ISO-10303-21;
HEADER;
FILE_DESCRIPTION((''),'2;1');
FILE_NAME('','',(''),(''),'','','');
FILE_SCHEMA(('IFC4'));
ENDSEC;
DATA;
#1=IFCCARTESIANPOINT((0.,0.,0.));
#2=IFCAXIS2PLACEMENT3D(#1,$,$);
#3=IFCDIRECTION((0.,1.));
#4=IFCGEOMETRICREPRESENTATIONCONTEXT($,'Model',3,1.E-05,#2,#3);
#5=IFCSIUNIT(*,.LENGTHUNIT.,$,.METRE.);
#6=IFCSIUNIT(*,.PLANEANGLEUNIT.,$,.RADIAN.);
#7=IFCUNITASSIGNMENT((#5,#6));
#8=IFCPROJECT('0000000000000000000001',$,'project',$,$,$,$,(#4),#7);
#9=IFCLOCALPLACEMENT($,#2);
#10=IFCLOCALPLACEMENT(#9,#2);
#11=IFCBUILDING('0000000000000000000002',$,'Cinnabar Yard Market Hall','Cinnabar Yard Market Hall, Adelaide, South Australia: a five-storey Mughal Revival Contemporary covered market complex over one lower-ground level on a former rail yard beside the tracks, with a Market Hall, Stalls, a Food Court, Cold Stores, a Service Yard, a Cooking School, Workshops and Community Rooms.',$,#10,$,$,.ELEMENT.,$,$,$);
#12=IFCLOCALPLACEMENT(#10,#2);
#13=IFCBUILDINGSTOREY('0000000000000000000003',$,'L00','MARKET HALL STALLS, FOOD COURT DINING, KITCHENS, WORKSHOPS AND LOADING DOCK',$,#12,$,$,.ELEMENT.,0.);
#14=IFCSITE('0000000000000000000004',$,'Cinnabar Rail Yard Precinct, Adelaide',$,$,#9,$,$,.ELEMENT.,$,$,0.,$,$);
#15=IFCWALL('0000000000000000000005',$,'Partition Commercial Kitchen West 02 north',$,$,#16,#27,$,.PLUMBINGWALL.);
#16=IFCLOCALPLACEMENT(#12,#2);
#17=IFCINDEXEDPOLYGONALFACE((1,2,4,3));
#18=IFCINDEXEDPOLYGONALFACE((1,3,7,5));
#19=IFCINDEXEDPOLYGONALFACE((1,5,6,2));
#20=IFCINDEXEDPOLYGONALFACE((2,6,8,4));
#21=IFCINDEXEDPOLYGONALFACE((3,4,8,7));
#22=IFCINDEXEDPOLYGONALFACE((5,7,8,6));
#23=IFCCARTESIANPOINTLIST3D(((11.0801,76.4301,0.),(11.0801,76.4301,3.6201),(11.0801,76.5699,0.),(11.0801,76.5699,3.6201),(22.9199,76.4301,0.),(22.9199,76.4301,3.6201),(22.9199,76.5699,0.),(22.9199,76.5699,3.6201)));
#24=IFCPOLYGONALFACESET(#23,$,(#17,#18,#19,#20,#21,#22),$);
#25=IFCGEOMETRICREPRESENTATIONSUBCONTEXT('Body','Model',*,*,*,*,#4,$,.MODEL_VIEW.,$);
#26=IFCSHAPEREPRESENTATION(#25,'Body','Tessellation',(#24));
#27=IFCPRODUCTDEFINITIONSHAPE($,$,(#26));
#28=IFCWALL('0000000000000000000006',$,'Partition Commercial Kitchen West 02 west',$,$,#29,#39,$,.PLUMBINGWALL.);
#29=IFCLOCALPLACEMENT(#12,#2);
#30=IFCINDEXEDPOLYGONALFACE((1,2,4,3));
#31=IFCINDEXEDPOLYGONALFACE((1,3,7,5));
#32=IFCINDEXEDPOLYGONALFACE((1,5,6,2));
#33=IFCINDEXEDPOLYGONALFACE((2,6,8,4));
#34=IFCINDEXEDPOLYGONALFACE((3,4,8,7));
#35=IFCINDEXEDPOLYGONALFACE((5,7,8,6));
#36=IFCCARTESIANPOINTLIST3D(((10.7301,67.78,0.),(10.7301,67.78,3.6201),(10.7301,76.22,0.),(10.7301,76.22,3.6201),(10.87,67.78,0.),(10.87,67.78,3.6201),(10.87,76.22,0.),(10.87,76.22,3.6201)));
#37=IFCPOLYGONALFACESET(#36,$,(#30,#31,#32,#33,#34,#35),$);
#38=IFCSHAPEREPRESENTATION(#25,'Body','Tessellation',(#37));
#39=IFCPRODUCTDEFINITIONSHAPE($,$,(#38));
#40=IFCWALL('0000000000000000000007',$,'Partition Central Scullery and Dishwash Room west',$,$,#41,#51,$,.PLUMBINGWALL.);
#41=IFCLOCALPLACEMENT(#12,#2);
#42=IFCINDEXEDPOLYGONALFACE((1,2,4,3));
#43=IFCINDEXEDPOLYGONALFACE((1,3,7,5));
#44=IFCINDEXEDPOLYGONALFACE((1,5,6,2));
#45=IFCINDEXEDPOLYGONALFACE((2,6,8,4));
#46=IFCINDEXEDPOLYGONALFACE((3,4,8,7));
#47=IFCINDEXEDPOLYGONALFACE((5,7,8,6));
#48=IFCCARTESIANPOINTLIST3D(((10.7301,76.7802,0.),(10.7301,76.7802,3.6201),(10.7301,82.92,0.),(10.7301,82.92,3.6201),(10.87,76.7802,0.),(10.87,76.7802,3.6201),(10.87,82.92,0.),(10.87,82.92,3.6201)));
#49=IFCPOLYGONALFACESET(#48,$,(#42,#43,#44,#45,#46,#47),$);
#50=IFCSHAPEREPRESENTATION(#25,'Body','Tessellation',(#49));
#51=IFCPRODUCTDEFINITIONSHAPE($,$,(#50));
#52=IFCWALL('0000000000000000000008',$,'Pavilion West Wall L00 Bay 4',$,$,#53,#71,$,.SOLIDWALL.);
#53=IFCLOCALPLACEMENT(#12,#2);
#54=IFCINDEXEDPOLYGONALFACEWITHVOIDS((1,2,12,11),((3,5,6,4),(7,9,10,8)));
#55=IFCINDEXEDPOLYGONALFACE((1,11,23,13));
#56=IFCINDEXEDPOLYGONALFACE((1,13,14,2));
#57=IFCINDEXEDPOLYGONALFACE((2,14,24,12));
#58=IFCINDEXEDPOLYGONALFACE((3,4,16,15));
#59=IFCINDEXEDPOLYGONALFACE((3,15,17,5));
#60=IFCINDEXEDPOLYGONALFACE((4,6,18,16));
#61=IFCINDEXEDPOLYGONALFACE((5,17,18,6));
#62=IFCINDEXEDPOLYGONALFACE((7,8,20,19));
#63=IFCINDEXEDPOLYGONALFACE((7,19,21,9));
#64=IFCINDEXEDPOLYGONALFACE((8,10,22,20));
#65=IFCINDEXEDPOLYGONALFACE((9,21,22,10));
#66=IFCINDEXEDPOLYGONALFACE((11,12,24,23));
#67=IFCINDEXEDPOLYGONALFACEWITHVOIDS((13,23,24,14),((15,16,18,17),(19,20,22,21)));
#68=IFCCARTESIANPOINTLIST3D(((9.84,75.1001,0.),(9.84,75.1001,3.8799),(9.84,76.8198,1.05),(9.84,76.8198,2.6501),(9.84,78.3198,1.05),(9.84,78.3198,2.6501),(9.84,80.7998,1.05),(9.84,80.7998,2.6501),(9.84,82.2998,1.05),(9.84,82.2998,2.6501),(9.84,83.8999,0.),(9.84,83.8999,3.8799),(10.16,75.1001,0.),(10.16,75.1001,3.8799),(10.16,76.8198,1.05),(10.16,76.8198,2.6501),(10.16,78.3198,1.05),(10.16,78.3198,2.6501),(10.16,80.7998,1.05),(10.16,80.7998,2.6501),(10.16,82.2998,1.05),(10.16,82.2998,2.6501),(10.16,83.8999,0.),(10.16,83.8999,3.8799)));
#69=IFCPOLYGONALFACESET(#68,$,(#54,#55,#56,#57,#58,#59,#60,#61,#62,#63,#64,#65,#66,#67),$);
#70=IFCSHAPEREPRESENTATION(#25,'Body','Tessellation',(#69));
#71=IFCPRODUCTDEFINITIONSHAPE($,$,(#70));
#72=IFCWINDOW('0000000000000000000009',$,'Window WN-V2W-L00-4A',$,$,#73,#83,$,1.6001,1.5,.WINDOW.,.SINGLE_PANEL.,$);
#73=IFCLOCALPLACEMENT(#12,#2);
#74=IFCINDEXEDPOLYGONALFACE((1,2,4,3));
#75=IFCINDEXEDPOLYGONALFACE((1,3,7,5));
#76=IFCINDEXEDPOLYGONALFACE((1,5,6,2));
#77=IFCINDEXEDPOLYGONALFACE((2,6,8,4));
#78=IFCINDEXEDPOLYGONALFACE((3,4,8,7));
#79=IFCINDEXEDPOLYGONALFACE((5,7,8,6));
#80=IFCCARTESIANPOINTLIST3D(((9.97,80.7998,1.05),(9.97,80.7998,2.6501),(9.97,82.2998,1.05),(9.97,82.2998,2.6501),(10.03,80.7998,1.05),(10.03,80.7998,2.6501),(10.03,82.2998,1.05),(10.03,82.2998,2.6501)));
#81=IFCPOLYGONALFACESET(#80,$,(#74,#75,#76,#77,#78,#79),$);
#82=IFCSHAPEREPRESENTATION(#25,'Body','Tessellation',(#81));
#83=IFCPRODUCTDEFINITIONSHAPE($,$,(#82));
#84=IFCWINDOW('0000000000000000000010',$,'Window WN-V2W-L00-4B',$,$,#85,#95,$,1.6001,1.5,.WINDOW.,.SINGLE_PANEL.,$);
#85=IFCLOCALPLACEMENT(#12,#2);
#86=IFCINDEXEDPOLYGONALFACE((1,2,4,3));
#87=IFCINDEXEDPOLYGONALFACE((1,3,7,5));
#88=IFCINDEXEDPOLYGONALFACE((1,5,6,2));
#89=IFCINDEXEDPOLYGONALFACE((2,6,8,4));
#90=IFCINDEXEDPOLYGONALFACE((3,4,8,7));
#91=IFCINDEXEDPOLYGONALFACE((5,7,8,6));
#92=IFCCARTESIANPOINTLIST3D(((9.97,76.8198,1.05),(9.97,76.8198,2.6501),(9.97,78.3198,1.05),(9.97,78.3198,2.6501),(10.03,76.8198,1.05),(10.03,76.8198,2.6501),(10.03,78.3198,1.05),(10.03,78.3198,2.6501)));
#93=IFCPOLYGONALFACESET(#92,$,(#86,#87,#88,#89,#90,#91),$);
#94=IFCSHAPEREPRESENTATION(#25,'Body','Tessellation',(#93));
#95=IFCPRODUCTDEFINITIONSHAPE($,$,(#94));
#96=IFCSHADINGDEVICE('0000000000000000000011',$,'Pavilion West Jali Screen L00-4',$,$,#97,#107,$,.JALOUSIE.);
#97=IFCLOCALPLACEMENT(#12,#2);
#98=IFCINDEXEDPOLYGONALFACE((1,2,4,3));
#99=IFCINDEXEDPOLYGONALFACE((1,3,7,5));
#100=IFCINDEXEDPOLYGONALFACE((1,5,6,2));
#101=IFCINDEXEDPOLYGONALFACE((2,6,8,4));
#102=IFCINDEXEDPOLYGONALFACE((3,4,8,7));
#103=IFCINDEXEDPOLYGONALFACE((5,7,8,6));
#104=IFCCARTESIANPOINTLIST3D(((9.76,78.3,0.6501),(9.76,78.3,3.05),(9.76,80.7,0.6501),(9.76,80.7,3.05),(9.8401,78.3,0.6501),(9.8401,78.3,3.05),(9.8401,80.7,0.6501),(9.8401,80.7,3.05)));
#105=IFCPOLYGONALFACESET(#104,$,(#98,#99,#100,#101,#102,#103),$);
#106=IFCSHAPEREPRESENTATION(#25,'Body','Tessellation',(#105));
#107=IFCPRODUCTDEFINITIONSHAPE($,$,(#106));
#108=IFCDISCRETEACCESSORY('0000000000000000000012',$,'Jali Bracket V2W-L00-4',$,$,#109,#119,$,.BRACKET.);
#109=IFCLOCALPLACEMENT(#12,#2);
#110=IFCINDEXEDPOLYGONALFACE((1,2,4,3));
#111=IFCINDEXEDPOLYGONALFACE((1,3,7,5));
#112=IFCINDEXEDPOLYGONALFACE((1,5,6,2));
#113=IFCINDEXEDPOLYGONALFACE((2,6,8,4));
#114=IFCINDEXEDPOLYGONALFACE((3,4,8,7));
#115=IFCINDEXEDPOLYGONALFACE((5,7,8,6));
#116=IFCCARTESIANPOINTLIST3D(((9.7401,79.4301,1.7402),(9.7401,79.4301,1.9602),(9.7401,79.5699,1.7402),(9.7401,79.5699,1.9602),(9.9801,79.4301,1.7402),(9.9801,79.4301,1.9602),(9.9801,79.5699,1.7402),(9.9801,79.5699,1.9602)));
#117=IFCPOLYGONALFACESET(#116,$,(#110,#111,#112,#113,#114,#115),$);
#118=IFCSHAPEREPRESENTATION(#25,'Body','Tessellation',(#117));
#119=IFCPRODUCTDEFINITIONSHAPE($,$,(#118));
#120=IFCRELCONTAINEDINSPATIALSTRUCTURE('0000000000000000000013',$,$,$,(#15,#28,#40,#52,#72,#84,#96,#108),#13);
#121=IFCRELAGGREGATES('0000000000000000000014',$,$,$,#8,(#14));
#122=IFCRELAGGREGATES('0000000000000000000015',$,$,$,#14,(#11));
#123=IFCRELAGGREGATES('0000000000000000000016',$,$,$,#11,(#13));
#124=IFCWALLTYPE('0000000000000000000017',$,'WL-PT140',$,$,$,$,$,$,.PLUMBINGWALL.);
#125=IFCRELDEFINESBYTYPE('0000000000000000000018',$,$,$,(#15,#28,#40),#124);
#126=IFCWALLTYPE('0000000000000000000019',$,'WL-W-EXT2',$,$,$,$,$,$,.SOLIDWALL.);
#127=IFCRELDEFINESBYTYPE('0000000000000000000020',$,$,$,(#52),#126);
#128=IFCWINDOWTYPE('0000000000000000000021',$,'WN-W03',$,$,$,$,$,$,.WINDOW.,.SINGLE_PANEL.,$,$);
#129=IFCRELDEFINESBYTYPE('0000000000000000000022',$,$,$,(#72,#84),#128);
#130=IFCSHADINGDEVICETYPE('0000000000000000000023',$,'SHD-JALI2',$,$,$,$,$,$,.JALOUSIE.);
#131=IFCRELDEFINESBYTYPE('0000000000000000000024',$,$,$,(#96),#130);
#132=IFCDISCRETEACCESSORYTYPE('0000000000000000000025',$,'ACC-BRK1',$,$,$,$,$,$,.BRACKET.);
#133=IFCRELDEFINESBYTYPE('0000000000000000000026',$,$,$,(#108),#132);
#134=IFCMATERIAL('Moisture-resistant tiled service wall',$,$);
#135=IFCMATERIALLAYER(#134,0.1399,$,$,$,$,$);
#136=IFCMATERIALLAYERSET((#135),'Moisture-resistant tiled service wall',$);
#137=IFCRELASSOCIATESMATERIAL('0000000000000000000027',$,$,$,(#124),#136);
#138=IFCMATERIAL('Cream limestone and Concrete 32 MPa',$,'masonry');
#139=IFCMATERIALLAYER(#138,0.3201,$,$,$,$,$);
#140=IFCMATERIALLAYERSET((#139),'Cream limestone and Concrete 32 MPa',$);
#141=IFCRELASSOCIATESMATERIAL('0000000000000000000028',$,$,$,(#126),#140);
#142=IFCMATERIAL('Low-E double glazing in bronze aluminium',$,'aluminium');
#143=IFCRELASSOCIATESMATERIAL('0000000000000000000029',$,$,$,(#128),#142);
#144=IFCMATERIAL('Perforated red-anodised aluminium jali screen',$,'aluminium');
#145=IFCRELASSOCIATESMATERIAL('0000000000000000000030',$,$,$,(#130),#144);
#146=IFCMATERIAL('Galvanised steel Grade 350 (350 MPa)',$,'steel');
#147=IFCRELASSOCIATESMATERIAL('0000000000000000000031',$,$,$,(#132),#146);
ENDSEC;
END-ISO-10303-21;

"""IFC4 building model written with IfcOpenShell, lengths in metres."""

from ifc_helpers import new_model, si_unit, direction, frame, frame_2d, origin, origin_2d_with_axis, place, context, subcontext, project, spatial, rectangle, extrude, material, layer, layer_set, type_object, element, fill, save


model = new_model("IFC4")

# Units and contexts
model_context = context("Model", 3, precision=1e-05, world=origin(), true_north=direction((0.0, 1.0)))
body_context = subcontext(model_context, "Body", "Model", "MODEL_VIEW")
ifc_project = project(units=[si_unit("LENGTHUNIT", "METRE"), si_unit("PLANEANGLEUNIT", "RADIAN")], contexts=[model_context])

# Site, building, storey
site_placement = place(None, origin())
site = spatial("IfcSite", under=ifc_project, at=site_placement, Name="Cinnabar Rail Yard Precinct, Adelaide", CompositionType="ELEMENT", RefElevation=0.0)
building_placement = place(site_placement, origin())
building = spatial("IfcBuilding", under=site, at=building_placement, Name="Cinnabar Yard Market Hall", Description="Cinnabar Yard Market Hall, Adelaide, South Australia: a five-storey Mughal Revival Contemporary covered market complex over one lower-ground level on a former rail yard beside the tracks, with a Market Hall, Stalls, a Food Court, Cold Stores, a Service Yard, a Cooking School, Workshops and Community Rooms.", CompositionType="ELEMENT")
storey_placement = place(building_placement, origin())
storey = spatial("IfcBuildingStorey", under=building, at=storey_placement, Name="L00", Description="MARKET HALL STALLS, FOOD COURT DINING, KITCHENS, WORKSHOPS AND LOADING DOCK", CompositionType="ELEMENT", Elevation=0.0)

# Walls
ifc_material_1 = material(Name="Moisture-resistant tiled service wall")
ifc_layer_1 = layer(ifc_material_1, 0.1399)
ifc_layer_set_1 = layer_set([ifc_layer_1], Name="Moisture-resistant tiled service wall")
wall_type_1 = type_object("IfcWallType", Name="WL-PT140", PredefinedType="PLUMBINGWALL", material=ifc_layer_set_1)
wall_1_placement = place(storey_placement, frame((22.9199, 76.5, 0.0), z_axis=(0.0, 0.0, 1.0), x_axis=(-1.0, 0.0, 0.0)))
element("IfcWall", 1, at=wall_1_placement, inside=storey, type_object=wall_type_1, Name="Partition Commercial Kitchen West 02 north", PredefinedType="PLUMBINGWALL", context=body_context, shape_type="SweptSolid", body=[
    extrude(rectangle(XDim=11.8398, YDim=0.1399, at=frame_2d((5.9199, 0.0), x_axis=(1.0, 0.0))), origin(), (0.0, 0.0, 1.0), 3.6201),
])
wall_2_placement = place(storey_placement, frame((10.8, 76.22, 0.0), z_axis=(0.0, 0.0, 1.0), x_axis=(0.0, -1.0, 0.0)))
element("IfcWall", 2, at=wall_2_placement, inside=storey, type_object=wall_type_1, Name="Partition Commercial Kitchen West 02 west", PredefinedType="PLUMBINGWALL", context=body_context, shape_type="SweptSolid", body=[
    extrude(rectangle(XDim=8.4399, YDim=0.1399, at=frame_2d((4.22, 0.0), x_axis=(1.0, 0.0))), origin(), (0.0, 0.0, 1.0), 3.6201),
])
wall_3_placement = place(storey_placement, frame((10.8, 82.9199, 0.0), z_axis=(0.0, 0.0, 1.0), x_axis=(0.0, -1.0, 0.0)))
element("IfcWall", 3, at=wall_3_placement, inside=storey, type_object=wall_type_1, Name="Partition Central Scullery and Dishwash Room west", PredefinedType="PLUMBINGWALL", context=body_context, shape_type="SweptSolid", body=[
    extrude(rectangle(XDim=6.1399, YDim=0.1399, at=frame_2d((3.0698, 0.0), x_axis=(1.0, 0.0))), origin(), (0.0, 0.0, 1.0), 3.6201),
])

# Wall, openings, windows
ifc_material_2 = material(Name="Cream limestone and Concrete 32 MPa", Category="masonry")
ifc_layer_2 = layer(ifc_material_2, 0.3201)
ifc_layer_set_2 = layer_set([ifc_layer_2], Name="Cream limestone and Concrete 32 MPa")
wall_type_2 = type_object("IfcWallType", Name="WL-W-EXT2", PredefinedType="SOLIDWALL", material=ifc_layer_set_2)
wall_4_placement = place(storey_placement, frame((10.0, 83.8999, 0.0), z_axis=(0.0, 0.0, 1.0), x_axis=(0.0, -1.0, 0.0)))
wall_4 = element("IfcWall", 4, at=wall_4_placement, inside=storey, type_object=wall_type_2, Name="Pavilion West Wall L00 Bay 4", PredefinedType="SOLIDWALL", context=body_context, shape_type="SweptSolid", body=[
    extrude(rectangle(XDim=8.7998, YDim=0.3201, at=frame_2d((4.3999, 0.0), x_axis=(1.0, 0.0))), origin(), (0.0, 0.0, 1.0), 3.8799),
])
opening_1_placement = place(wall_4_placement, frame((1.6001, 0.0, 1.05)))
opening_1 = element("IfcOpeningElement", 5, at=opening_1_placement, cuts=wall_4, PredefinedType="OPENING", context=body_context, shape_type="SweptSolid", body=[
    extrude(rectangle(XDim=1.5, YDim=1.6001, at=frame_2d((0.75, 0.8), x_axis=(1.0, 0.0))), frame((0.0, 0.1699, 0.0), z_axis=(0.0, -1.0, 0.0), x_axis=(1.0, 0.0, 0.0)), (0.0, 0.0, 1.0), 0.3401),
])
opening_2_placement = place(wall_4_placement, frame((5.5801, 0.0, 1.05)))
opening_2 = element("IfcOpeningElement", 6, at=opening_2_placement, cuts=wall_4, PredefinedType="OPENING", context=body_context, shape_type="SweptSolid", body=[
    extrude(rectangle(XDim=1.5, YDim=1.6001, at=frame_2d((0.75, 0.8), x_axis=(1.0, 0.0))), frame((0.0, 0.1699, 0.0), z_axis=(0.0, -1.0, 0.0), x_axis=(1.0, 0.0, 0.0)), (0.0, 0.0, 1.0), 0.3401),
])
ifc_material_3 = material(Name="Low-E double glazing in bronze aluminium", Category="aluminium")
window_type = type_object("IfcWindowType", Name="WN-W03", PartitioningType="SINGLE_PANEL", PredefinedType="WINDOW", material=ifc_material_3)
window_1_placement = place(opening_1_placement, origin())
window_1 = element("IfcWindow", 7, at=window_1_placement, inside=storey, type_object=window_type, Name="Window WN-V2W-L00-4A", OverallHeight=1.6001, OverallWidth=1.5, PartitioningType="SINGLE_PANEL", PredefinedType="WINDOW", context=body_context, shape_type="SweptSolid", body=[
    extrude(rectangle(XDim=1.5, YDim=1.6001, at=frame_2d((0.75, 0.8), x_axis=(1.0, 0.0))), frame((0.0, 0.03, 0.0), z_axis=(0.0, -1.0, 0.0), x_axis=(1.0, 0.0, 0.0)), (0.0, 0.0, 1.0), 0.0601),
])
fill(opening_1, window_1)
window_2_placement = place(opening_2_placement, origin())
window_2 = element("IfcWindow", 8, at=window_2_placement, inside=storey, type_object=window_type, Name="Window WN-V2W-L00-4B", OverallHeight=1.6001, OverallWidth=1.5, PartitioningType="SINGLE_PANEL", PredefinedType="WINDOW", context=body_context, shape_type="SweptSolid", body=[
    extrude(rectangle(XDim=1.5, YDim=1.6001, at=frame_2d((0.75, 0.8), x_axis=(1.0, 0.0))), frame((0.0, 0.03, 0.0), z_axis=(0.0, -1.0, 0.0), x_axis=(1.0, 0.0, 0.0)), (0.0, 0.0, 1.0), 0.0601),
])
fill(opening_2, window_2)

# Shading device
ifc_material_4 = material(Name="Perforated red-anodised aluminium jali screen", Category="aluminium")
shading_device_type = type_object("IfcShadingDeviceType", Name="SHD-JALI2", PredefinedType="JALOUSIE", material=ifc_material_4)
shading_device_placement = place(storey_placement, frame((9.8, 79.5, 0.6501), z_axis=(0.0, 0.0, 1.0), x_axis=(1.0, 0.0, 0.0)))
element("IfcShadingDevice", 9, at=shading_device_placement, inside=storey, type_object=shading_device_type, Name="Pavilion West Jali Screen L00-4", PredefinedType="JALOUSIE", context=body_context, shape_type="SweptSolid", body=[
    extrude(rectangle(XDim=0.0801, YDim=2.3999, at=origin_2d_with_axis()), origin(), (0.0, 0.0, 1.0), 2.3999),
])

# Discrete accessory
ifc_material_5 = material(Name="Galvanised steel Grade 350 (350 MPa)", Category="steel")
discrete_accessory_type = type_object("IfcDiscreteAccessoryType", Name="ACC-BRK1", PredefinedType="BRACKET", material=ifc_material_5)
discrete_accessory_placement = place(storey_placement, frame((9.8601, 79.5, 1.7402), z_axis=(0.0, 0.0, 1.0), x_axis=(1.0, 0.0, 0.0)))
element("IfcDiscreteAccessory", 10, at=discrete_accessory_placement, inside=storey, type_object=discrete_accessory_type, Name="Jali Bracket V2W-L00-4", PredefinedType="BRACKET", context=body_context, shape_type="SweptSolid", body=[
    extrude(rectangle(XDim=0.24, YDim=0.1399, at=origin_2d_with_axis()), origin(), (0.0, 0.0, 1.0), 0.22),
])

save(model, "model.ifc")
